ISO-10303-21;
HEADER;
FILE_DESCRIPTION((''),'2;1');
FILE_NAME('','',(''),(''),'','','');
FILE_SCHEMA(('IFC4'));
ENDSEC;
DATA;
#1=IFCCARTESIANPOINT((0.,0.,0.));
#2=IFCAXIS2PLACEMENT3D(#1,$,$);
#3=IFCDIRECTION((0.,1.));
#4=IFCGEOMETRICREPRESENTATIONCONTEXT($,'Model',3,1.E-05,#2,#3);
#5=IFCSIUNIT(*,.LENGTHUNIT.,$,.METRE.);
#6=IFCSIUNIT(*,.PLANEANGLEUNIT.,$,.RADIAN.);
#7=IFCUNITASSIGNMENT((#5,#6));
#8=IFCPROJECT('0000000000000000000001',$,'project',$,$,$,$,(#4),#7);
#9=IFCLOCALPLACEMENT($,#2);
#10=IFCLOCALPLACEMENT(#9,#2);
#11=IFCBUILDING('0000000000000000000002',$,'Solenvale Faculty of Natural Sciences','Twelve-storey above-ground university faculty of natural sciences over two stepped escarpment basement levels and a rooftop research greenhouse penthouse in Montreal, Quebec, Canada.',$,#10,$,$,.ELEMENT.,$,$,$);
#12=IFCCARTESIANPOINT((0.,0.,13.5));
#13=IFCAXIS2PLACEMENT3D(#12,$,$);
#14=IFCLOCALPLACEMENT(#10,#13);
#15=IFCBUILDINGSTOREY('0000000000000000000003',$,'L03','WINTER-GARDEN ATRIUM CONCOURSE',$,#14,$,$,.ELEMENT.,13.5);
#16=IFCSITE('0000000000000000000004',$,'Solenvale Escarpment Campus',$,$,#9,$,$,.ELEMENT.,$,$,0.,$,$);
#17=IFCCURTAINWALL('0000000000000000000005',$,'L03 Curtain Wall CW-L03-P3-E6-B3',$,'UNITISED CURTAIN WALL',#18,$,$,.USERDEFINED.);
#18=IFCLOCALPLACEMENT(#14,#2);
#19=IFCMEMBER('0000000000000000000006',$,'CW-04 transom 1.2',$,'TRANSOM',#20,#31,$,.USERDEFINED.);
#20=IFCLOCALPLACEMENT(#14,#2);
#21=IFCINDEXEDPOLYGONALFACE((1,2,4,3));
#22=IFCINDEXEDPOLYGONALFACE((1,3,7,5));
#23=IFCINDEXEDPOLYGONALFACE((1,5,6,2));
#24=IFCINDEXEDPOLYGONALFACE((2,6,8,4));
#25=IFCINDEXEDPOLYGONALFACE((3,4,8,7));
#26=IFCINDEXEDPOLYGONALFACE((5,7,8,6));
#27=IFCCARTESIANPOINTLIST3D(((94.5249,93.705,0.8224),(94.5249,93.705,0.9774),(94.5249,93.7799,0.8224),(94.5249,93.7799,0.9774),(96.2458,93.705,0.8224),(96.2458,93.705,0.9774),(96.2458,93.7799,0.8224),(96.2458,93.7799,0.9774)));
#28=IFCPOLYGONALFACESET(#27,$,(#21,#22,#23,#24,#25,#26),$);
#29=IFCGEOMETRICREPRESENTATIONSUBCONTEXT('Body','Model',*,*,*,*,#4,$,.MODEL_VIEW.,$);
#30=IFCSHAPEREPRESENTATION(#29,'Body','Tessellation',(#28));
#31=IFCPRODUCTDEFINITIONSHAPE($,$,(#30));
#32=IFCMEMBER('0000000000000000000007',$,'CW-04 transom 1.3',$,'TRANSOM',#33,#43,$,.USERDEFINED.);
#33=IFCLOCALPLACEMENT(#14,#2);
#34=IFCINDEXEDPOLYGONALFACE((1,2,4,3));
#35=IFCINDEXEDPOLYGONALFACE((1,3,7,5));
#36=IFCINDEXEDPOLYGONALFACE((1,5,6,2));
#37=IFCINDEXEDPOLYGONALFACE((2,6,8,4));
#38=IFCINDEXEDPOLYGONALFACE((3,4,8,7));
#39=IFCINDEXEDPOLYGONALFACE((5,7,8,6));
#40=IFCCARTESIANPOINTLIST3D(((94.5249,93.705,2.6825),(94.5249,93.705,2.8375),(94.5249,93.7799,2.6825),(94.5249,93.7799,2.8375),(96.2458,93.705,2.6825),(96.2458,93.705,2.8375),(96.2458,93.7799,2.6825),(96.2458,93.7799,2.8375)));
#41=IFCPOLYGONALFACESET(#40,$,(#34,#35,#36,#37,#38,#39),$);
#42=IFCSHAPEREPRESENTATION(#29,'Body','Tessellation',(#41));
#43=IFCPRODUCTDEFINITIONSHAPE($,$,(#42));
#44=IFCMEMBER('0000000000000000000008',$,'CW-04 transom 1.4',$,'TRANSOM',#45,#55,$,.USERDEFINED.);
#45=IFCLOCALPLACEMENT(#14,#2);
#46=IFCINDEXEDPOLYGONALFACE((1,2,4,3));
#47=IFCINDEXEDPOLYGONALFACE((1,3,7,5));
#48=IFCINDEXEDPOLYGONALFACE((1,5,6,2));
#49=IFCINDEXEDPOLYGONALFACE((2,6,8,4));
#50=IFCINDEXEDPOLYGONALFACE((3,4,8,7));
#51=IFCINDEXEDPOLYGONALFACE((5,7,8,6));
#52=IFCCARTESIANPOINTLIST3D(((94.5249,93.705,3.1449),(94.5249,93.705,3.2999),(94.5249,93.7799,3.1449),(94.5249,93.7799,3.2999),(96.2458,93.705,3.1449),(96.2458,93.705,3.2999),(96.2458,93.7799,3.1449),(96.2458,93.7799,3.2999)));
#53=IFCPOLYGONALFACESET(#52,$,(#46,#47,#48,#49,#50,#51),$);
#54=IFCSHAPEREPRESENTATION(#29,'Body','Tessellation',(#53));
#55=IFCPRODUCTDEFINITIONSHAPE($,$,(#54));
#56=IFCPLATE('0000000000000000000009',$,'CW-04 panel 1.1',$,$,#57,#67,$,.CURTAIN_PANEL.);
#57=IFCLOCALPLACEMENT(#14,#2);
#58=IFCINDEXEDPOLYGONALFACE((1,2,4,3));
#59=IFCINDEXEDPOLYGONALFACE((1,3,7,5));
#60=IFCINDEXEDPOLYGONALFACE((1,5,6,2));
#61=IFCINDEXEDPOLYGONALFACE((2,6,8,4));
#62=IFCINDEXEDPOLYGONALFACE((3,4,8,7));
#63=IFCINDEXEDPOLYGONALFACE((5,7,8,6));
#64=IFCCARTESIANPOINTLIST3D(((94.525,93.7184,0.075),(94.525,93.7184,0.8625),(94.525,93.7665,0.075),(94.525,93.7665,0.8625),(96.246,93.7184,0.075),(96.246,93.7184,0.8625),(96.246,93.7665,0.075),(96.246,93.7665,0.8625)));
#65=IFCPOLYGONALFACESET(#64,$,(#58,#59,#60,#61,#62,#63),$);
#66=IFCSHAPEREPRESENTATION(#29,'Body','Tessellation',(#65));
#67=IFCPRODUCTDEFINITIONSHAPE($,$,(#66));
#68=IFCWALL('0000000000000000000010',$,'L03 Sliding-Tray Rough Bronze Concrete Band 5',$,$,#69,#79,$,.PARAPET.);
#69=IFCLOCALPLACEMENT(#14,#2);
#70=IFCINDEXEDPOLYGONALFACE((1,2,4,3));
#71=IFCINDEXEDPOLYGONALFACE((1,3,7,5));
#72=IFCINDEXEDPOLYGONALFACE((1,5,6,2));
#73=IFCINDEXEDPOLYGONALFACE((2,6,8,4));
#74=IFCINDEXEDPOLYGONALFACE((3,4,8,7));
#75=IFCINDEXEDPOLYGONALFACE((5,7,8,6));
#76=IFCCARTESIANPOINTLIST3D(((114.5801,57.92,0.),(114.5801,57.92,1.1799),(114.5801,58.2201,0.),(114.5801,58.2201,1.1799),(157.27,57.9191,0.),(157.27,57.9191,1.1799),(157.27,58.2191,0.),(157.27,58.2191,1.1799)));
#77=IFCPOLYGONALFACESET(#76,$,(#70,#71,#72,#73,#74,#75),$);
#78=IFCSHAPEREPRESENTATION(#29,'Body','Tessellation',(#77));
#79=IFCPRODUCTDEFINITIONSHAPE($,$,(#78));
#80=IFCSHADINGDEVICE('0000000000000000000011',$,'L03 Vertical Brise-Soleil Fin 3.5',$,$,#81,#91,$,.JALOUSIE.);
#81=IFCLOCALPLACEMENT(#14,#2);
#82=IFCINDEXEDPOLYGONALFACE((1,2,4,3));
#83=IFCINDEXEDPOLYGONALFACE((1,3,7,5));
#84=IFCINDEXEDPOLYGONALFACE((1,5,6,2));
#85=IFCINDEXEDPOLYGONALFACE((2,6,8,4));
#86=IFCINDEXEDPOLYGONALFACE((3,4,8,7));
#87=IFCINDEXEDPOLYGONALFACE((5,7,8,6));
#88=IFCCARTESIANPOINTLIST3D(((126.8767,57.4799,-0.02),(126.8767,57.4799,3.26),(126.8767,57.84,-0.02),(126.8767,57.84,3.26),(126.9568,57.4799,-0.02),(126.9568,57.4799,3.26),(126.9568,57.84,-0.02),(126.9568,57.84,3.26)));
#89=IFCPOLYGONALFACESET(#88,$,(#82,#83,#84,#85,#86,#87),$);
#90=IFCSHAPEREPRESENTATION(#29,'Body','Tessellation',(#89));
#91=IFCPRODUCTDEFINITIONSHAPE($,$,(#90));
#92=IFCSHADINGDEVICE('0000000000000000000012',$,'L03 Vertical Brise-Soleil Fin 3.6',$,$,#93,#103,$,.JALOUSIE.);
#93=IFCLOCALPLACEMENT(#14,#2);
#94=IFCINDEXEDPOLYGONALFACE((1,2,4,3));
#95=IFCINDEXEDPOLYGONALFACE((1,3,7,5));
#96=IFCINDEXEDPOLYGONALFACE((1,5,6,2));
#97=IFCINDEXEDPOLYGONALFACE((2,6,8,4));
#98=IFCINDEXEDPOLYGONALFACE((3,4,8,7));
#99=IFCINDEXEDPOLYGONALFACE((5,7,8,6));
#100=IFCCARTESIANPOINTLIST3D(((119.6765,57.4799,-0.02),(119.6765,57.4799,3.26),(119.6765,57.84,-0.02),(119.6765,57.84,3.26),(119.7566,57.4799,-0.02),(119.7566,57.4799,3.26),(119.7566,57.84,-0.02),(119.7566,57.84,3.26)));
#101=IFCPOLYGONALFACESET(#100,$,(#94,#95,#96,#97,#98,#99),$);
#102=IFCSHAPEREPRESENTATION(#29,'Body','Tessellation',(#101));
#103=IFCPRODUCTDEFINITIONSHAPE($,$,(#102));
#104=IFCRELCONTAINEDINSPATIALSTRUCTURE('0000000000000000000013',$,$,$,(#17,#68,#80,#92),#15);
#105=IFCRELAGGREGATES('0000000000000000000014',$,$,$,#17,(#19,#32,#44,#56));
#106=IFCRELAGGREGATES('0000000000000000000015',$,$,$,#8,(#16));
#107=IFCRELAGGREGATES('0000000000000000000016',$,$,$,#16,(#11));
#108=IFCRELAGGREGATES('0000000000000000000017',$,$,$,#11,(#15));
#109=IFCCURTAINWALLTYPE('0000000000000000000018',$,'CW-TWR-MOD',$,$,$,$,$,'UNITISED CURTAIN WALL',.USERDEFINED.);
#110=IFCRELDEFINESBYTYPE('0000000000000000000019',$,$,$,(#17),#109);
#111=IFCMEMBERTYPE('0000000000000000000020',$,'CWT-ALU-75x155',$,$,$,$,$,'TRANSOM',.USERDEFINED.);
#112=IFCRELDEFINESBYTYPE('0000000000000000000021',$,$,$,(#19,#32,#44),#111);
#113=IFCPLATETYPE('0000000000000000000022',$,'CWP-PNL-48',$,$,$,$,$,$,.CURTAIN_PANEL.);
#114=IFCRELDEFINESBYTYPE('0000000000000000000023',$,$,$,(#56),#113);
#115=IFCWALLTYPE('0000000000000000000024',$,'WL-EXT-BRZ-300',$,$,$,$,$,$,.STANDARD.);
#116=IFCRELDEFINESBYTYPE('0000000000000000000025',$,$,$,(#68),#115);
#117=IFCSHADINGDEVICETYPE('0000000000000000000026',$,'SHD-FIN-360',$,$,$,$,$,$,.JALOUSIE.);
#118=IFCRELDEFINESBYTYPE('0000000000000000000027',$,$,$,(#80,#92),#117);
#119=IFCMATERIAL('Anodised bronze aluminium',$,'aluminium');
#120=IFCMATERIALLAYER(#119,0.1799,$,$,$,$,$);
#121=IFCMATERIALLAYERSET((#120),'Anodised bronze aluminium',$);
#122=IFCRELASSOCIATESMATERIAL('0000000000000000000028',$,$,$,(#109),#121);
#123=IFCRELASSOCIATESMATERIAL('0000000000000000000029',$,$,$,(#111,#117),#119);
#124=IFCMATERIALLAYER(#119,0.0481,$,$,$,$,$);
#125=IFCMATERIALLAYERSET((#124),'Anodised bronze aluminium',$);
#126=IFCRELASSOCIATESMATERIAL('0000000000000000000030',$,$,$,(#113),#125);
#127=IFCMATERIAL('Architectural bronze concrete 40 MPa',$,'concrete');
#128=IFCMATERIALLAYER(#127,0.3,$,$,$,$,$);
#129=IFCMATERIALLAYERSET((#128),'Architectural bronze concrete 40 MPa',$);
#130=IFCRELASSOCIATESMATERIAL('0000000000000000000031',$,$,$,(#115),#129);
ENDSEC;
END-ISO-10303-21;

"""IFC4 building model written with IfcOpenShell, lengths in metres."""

from ifc_helpers import new_model, si_unit, direction, frame, frame_2d, origin, origin_2d, place, context, subcontext, project, spatial, rectangle, extrude, material, layer, layer_set, material_profile, profile_set, type_object, element, aggregate, save


model = new_model("IFC4")

# Units and contexts
model_context = context("Model", 3, precision=1e-05, world=origin(), true_north=direction((0.0, 1.0)))
body_context = subcontext(model_context, "Body", "Model", "MODEL_VIEW")
ifc_project = project(units=[si_unit("LENGTHUNIT", "METRE"), si_unit("PLANEANGLEUNIT", "RADIAN")], contexts=[model_context])

# Site, building, storey
site_placement = place(None, origin())
site = spatial("IfcSite", under=ifc_project, at=site_placement, Name="Solenvale Escarpment Campus", CompositionType="ELEMENT", RefElevation=0.0)
building_placement = place(site_placement, origin())
building = spatial("IfcBuilding", under=site, at=building_placement, Name="Solenvale Faculty of Natural Sciences", Description="Twelve-storey above-ground university faculty of natural sciences over two stepped escarpment basement levels and a rooftop research greenhouse penthouse in Montreal, Quebec, Canada.", CompositionType="ELEMENT")
storey_placement = place(building_placement, frame((0.0, 0.0, 13.5)))
storey = spatial("IfcBuildingStorey", under=building, at=storey_placement, Name="L03", Description="WINTER-GARDEN ATRIUM CONCOURSE", CompositionType="ELEMENT", Elevation=13.5)

# Curtain wall, members, plate
ifc_material_1 = material(Name="Anodised bronze aluminium", Category="aluminium")
ifc_layer_1 = layer(ifc_material_1, 0.1799)
ifc_layer_set_1 = layer_set([ifc_layer_1], Name="Anodised bronze aluminium")
curtain_wall_type = type_object("IfcCurtainWallType", Name="CW-TWR-MOD", ElementType="UNITISED CURTAIN WALL", PredefinedType="USERDEFINED", material=ifc_layer_set_1)
curtain_wall_placement = place(storey_placement, origin())
curtain_wall = element("IfcCurtainWall", 1, at=curtain_wall_placement, inside=storey, type_object=curtain_wall_type, Name="L03 Curtain Wall CW-L03-P3-E6-B3", ObjectType="UNITISED CURTAIN WALL", PredefinedType="USERDEFINED")
ifc_material_profile_1 = material_profile(ifc_material_1, rectangle(XDim=0.075, YDim=0.155, at=origin_2d()), Name="ALU-TRN-75x155")
ifc_profile_set_1 = profile_set([ifc_material_profile_1], Name="Anodised bronze aluminium")
member_type = type_object("IfcMemberType", Name="CWT-ALU-75x155", ElementType="TRANSOM", PredefinedType="USERDEFINED", material=ifc_profile_set_1)
member_1_placement = place(storey_placement, frame((94.5249, 93.7424, 0.8999), z_axis=(1.0, 0.0, 0.0), x_axis=(0.0, 1.0, 0.0)))
member_1 = element("IfcMember", 2, at=member_1_placement, type_object=member_type, Name="CW-04 transom 1.2", ObjectType="TRANSOM", PredefinedType="USERDEFINED", context=body_context, shape_type="SweptSolid", body=[
    extrude(rectangle(XDim=0.075, YDim=0.155, at=origin_2d()), origin(), (0.0, 0.0, 1.0), 1.7209),
])
member_2_placement = place(storey_placement, frame((94.5249, 93.7424, 2.76), z_axis=(1.0, 0.0, 0.0), x_axis=(0.0, 1.0, 0.0)))
member_2 = element("IfcMember", 3, at=member_2_placement, type_object=member_type, Name="CW-04 transom 1.3", ObjectType="TRANSOM", PredefinedType="USERDEFINED", context=body_context, shape_type="SweptSolid", body=[
    extrude(rectangle(XDim=0.075, YDim=0.155, at=origin_2d()), origin(), (0.0, 0.0, 1.0), 1.7209),
])
member_3_placement = place(storey_placement, frame((94.5249, 93.7424, 3.2224), z_axis=(1.0, 0.0, 0.0), x_axis=(0.0, 1.0, 0.0)))
member_3 = element("IfcMember", 4, at=member_3_placement, type_object=member_type, Name="CW-04 transom 1.4", ObjectType="TRANSOM", PredefinedType="USERDEFINED", context=body_context, shape_type="SweptSolid", body=[
    extrude(rectangle(XDim=0.075, YDim=0.155, at=origin_2d()), origin(), (0.0, 0.0, 1.0), 1.7209),
])
ifc_layer_2 = layer(ifc_material_1, 0.0481)
ifc_layer_set_2 = layer_set([ifc_layer_2], Name="Anodised bronze aluminium")
plate_type = type_object("IfcPlateType", Name="CWP-PNL-48", PredefinedType="CURTAIN_PANEL", material=ifc_layer_set_2)
plate_placement = place(storey_placement, frame((95.3855, 93.7424, 0.075), z_axis=(0.0, 0.0, 1.0), x_axis=(1.0, 0.0, 0.0)))
plate = element("IfcPlate", 5, at=plate_placement, type_object=plate_type, Name="CW-04 panel 1.1", PredefinedType="CURTAIN_PANEL", context=body_context, shape_type="SweptSolid", body=[
    extrude(rectangle(XDim=1.7209, YDim=0.0481, at=origin_2d()), origin(), (0.0, 0.0, 1.0), 0.7876),
])
aggregate(curtain_wall, [member_1, member_2, member_3, plate])

# Wall
ifc_material_2 = material(Name="Architectural bronze concrete 40 MPa", Category="concrete")
ifc_layer_3 = layer(ifc_material_2, 0.3)
ifc_layer_set_3 = layer_set([ifc_layer_3], Name="Architectural bronze concrete 40 MPa")
wall_type = type_object("IfcWallType", Name="WL-EXT-BRZ-300", PredefinedType="STANDARD", material=ifc_layer_set_3)
wall_placement = place(storey_placement, frame((114.5801, 58.0701, 0.0), z_axis=(0.0, 0.0, 1.0), x_axis=(1.0, -0.000023, 0.0)))
element("IfcWall", 6, at=wall_placement, inside=storey, type_object=wall_type, Name="L03 Sliding-Tray Rough Bronze Concrete Band 5", PredefinedType="PARAPET", context=body_context, shape_type="SweptSolid", body=[
    extrude(rectangle(XDim=42.6899, YDim=0.3, at=frame_2d((21.345, 0.0))), origin(), (0.0, 0.0, 1.0), 1.1799),
])

# Shading devices
ifc_material_profile_2 = material_profile(ifc_material_1, rectangle(XDim=0.0801, YDim=0.3601, at=origin_2d()), Name="ALU-FIN-80x360")
ifc_profile_set_2 = profile_set([ifc_material_profile_2], Name="Anodised bronze aluminium")
shading_device_type = type_object("IfcShadingDeviceType", Name="SHD-FIN-360", PredefinedType="JALOUSIE", material=ifc_profile_set_2)
for number, where, z_axis, x_axis, name in (
    (7, (126.9167, 57.6599, -0.02), (0.0, 0.0, 1.0), (1.0, 0.0, 0.0), "L03 Vertical Brise-Soleil Fin 3.5"),
    (8, (119.7166, 57.6599, -0.02), (0.0, 0.0, 1.0), (1.0, 0.0, 0.0), "L03 Vertical Brise-Soleil Fin 3.6"),
):
    element("IfcShadingDevice", number, at=place(storey_placement, frame(where, z_axis=z_axis, x_axis=x_axis)), inside=storey, type_object=shading_device_type, Name=name, PredefinedType="JALOUSIE", context=body_context, shape_type="SweptSolid", body=[
        extrude(rectangle(XDim=0.0801, YDim=0.3601, at=origin_2d()), origin(), (0.0, 0.0, 1.0), 3.28),
    ])

save(model, "model.ifc")
